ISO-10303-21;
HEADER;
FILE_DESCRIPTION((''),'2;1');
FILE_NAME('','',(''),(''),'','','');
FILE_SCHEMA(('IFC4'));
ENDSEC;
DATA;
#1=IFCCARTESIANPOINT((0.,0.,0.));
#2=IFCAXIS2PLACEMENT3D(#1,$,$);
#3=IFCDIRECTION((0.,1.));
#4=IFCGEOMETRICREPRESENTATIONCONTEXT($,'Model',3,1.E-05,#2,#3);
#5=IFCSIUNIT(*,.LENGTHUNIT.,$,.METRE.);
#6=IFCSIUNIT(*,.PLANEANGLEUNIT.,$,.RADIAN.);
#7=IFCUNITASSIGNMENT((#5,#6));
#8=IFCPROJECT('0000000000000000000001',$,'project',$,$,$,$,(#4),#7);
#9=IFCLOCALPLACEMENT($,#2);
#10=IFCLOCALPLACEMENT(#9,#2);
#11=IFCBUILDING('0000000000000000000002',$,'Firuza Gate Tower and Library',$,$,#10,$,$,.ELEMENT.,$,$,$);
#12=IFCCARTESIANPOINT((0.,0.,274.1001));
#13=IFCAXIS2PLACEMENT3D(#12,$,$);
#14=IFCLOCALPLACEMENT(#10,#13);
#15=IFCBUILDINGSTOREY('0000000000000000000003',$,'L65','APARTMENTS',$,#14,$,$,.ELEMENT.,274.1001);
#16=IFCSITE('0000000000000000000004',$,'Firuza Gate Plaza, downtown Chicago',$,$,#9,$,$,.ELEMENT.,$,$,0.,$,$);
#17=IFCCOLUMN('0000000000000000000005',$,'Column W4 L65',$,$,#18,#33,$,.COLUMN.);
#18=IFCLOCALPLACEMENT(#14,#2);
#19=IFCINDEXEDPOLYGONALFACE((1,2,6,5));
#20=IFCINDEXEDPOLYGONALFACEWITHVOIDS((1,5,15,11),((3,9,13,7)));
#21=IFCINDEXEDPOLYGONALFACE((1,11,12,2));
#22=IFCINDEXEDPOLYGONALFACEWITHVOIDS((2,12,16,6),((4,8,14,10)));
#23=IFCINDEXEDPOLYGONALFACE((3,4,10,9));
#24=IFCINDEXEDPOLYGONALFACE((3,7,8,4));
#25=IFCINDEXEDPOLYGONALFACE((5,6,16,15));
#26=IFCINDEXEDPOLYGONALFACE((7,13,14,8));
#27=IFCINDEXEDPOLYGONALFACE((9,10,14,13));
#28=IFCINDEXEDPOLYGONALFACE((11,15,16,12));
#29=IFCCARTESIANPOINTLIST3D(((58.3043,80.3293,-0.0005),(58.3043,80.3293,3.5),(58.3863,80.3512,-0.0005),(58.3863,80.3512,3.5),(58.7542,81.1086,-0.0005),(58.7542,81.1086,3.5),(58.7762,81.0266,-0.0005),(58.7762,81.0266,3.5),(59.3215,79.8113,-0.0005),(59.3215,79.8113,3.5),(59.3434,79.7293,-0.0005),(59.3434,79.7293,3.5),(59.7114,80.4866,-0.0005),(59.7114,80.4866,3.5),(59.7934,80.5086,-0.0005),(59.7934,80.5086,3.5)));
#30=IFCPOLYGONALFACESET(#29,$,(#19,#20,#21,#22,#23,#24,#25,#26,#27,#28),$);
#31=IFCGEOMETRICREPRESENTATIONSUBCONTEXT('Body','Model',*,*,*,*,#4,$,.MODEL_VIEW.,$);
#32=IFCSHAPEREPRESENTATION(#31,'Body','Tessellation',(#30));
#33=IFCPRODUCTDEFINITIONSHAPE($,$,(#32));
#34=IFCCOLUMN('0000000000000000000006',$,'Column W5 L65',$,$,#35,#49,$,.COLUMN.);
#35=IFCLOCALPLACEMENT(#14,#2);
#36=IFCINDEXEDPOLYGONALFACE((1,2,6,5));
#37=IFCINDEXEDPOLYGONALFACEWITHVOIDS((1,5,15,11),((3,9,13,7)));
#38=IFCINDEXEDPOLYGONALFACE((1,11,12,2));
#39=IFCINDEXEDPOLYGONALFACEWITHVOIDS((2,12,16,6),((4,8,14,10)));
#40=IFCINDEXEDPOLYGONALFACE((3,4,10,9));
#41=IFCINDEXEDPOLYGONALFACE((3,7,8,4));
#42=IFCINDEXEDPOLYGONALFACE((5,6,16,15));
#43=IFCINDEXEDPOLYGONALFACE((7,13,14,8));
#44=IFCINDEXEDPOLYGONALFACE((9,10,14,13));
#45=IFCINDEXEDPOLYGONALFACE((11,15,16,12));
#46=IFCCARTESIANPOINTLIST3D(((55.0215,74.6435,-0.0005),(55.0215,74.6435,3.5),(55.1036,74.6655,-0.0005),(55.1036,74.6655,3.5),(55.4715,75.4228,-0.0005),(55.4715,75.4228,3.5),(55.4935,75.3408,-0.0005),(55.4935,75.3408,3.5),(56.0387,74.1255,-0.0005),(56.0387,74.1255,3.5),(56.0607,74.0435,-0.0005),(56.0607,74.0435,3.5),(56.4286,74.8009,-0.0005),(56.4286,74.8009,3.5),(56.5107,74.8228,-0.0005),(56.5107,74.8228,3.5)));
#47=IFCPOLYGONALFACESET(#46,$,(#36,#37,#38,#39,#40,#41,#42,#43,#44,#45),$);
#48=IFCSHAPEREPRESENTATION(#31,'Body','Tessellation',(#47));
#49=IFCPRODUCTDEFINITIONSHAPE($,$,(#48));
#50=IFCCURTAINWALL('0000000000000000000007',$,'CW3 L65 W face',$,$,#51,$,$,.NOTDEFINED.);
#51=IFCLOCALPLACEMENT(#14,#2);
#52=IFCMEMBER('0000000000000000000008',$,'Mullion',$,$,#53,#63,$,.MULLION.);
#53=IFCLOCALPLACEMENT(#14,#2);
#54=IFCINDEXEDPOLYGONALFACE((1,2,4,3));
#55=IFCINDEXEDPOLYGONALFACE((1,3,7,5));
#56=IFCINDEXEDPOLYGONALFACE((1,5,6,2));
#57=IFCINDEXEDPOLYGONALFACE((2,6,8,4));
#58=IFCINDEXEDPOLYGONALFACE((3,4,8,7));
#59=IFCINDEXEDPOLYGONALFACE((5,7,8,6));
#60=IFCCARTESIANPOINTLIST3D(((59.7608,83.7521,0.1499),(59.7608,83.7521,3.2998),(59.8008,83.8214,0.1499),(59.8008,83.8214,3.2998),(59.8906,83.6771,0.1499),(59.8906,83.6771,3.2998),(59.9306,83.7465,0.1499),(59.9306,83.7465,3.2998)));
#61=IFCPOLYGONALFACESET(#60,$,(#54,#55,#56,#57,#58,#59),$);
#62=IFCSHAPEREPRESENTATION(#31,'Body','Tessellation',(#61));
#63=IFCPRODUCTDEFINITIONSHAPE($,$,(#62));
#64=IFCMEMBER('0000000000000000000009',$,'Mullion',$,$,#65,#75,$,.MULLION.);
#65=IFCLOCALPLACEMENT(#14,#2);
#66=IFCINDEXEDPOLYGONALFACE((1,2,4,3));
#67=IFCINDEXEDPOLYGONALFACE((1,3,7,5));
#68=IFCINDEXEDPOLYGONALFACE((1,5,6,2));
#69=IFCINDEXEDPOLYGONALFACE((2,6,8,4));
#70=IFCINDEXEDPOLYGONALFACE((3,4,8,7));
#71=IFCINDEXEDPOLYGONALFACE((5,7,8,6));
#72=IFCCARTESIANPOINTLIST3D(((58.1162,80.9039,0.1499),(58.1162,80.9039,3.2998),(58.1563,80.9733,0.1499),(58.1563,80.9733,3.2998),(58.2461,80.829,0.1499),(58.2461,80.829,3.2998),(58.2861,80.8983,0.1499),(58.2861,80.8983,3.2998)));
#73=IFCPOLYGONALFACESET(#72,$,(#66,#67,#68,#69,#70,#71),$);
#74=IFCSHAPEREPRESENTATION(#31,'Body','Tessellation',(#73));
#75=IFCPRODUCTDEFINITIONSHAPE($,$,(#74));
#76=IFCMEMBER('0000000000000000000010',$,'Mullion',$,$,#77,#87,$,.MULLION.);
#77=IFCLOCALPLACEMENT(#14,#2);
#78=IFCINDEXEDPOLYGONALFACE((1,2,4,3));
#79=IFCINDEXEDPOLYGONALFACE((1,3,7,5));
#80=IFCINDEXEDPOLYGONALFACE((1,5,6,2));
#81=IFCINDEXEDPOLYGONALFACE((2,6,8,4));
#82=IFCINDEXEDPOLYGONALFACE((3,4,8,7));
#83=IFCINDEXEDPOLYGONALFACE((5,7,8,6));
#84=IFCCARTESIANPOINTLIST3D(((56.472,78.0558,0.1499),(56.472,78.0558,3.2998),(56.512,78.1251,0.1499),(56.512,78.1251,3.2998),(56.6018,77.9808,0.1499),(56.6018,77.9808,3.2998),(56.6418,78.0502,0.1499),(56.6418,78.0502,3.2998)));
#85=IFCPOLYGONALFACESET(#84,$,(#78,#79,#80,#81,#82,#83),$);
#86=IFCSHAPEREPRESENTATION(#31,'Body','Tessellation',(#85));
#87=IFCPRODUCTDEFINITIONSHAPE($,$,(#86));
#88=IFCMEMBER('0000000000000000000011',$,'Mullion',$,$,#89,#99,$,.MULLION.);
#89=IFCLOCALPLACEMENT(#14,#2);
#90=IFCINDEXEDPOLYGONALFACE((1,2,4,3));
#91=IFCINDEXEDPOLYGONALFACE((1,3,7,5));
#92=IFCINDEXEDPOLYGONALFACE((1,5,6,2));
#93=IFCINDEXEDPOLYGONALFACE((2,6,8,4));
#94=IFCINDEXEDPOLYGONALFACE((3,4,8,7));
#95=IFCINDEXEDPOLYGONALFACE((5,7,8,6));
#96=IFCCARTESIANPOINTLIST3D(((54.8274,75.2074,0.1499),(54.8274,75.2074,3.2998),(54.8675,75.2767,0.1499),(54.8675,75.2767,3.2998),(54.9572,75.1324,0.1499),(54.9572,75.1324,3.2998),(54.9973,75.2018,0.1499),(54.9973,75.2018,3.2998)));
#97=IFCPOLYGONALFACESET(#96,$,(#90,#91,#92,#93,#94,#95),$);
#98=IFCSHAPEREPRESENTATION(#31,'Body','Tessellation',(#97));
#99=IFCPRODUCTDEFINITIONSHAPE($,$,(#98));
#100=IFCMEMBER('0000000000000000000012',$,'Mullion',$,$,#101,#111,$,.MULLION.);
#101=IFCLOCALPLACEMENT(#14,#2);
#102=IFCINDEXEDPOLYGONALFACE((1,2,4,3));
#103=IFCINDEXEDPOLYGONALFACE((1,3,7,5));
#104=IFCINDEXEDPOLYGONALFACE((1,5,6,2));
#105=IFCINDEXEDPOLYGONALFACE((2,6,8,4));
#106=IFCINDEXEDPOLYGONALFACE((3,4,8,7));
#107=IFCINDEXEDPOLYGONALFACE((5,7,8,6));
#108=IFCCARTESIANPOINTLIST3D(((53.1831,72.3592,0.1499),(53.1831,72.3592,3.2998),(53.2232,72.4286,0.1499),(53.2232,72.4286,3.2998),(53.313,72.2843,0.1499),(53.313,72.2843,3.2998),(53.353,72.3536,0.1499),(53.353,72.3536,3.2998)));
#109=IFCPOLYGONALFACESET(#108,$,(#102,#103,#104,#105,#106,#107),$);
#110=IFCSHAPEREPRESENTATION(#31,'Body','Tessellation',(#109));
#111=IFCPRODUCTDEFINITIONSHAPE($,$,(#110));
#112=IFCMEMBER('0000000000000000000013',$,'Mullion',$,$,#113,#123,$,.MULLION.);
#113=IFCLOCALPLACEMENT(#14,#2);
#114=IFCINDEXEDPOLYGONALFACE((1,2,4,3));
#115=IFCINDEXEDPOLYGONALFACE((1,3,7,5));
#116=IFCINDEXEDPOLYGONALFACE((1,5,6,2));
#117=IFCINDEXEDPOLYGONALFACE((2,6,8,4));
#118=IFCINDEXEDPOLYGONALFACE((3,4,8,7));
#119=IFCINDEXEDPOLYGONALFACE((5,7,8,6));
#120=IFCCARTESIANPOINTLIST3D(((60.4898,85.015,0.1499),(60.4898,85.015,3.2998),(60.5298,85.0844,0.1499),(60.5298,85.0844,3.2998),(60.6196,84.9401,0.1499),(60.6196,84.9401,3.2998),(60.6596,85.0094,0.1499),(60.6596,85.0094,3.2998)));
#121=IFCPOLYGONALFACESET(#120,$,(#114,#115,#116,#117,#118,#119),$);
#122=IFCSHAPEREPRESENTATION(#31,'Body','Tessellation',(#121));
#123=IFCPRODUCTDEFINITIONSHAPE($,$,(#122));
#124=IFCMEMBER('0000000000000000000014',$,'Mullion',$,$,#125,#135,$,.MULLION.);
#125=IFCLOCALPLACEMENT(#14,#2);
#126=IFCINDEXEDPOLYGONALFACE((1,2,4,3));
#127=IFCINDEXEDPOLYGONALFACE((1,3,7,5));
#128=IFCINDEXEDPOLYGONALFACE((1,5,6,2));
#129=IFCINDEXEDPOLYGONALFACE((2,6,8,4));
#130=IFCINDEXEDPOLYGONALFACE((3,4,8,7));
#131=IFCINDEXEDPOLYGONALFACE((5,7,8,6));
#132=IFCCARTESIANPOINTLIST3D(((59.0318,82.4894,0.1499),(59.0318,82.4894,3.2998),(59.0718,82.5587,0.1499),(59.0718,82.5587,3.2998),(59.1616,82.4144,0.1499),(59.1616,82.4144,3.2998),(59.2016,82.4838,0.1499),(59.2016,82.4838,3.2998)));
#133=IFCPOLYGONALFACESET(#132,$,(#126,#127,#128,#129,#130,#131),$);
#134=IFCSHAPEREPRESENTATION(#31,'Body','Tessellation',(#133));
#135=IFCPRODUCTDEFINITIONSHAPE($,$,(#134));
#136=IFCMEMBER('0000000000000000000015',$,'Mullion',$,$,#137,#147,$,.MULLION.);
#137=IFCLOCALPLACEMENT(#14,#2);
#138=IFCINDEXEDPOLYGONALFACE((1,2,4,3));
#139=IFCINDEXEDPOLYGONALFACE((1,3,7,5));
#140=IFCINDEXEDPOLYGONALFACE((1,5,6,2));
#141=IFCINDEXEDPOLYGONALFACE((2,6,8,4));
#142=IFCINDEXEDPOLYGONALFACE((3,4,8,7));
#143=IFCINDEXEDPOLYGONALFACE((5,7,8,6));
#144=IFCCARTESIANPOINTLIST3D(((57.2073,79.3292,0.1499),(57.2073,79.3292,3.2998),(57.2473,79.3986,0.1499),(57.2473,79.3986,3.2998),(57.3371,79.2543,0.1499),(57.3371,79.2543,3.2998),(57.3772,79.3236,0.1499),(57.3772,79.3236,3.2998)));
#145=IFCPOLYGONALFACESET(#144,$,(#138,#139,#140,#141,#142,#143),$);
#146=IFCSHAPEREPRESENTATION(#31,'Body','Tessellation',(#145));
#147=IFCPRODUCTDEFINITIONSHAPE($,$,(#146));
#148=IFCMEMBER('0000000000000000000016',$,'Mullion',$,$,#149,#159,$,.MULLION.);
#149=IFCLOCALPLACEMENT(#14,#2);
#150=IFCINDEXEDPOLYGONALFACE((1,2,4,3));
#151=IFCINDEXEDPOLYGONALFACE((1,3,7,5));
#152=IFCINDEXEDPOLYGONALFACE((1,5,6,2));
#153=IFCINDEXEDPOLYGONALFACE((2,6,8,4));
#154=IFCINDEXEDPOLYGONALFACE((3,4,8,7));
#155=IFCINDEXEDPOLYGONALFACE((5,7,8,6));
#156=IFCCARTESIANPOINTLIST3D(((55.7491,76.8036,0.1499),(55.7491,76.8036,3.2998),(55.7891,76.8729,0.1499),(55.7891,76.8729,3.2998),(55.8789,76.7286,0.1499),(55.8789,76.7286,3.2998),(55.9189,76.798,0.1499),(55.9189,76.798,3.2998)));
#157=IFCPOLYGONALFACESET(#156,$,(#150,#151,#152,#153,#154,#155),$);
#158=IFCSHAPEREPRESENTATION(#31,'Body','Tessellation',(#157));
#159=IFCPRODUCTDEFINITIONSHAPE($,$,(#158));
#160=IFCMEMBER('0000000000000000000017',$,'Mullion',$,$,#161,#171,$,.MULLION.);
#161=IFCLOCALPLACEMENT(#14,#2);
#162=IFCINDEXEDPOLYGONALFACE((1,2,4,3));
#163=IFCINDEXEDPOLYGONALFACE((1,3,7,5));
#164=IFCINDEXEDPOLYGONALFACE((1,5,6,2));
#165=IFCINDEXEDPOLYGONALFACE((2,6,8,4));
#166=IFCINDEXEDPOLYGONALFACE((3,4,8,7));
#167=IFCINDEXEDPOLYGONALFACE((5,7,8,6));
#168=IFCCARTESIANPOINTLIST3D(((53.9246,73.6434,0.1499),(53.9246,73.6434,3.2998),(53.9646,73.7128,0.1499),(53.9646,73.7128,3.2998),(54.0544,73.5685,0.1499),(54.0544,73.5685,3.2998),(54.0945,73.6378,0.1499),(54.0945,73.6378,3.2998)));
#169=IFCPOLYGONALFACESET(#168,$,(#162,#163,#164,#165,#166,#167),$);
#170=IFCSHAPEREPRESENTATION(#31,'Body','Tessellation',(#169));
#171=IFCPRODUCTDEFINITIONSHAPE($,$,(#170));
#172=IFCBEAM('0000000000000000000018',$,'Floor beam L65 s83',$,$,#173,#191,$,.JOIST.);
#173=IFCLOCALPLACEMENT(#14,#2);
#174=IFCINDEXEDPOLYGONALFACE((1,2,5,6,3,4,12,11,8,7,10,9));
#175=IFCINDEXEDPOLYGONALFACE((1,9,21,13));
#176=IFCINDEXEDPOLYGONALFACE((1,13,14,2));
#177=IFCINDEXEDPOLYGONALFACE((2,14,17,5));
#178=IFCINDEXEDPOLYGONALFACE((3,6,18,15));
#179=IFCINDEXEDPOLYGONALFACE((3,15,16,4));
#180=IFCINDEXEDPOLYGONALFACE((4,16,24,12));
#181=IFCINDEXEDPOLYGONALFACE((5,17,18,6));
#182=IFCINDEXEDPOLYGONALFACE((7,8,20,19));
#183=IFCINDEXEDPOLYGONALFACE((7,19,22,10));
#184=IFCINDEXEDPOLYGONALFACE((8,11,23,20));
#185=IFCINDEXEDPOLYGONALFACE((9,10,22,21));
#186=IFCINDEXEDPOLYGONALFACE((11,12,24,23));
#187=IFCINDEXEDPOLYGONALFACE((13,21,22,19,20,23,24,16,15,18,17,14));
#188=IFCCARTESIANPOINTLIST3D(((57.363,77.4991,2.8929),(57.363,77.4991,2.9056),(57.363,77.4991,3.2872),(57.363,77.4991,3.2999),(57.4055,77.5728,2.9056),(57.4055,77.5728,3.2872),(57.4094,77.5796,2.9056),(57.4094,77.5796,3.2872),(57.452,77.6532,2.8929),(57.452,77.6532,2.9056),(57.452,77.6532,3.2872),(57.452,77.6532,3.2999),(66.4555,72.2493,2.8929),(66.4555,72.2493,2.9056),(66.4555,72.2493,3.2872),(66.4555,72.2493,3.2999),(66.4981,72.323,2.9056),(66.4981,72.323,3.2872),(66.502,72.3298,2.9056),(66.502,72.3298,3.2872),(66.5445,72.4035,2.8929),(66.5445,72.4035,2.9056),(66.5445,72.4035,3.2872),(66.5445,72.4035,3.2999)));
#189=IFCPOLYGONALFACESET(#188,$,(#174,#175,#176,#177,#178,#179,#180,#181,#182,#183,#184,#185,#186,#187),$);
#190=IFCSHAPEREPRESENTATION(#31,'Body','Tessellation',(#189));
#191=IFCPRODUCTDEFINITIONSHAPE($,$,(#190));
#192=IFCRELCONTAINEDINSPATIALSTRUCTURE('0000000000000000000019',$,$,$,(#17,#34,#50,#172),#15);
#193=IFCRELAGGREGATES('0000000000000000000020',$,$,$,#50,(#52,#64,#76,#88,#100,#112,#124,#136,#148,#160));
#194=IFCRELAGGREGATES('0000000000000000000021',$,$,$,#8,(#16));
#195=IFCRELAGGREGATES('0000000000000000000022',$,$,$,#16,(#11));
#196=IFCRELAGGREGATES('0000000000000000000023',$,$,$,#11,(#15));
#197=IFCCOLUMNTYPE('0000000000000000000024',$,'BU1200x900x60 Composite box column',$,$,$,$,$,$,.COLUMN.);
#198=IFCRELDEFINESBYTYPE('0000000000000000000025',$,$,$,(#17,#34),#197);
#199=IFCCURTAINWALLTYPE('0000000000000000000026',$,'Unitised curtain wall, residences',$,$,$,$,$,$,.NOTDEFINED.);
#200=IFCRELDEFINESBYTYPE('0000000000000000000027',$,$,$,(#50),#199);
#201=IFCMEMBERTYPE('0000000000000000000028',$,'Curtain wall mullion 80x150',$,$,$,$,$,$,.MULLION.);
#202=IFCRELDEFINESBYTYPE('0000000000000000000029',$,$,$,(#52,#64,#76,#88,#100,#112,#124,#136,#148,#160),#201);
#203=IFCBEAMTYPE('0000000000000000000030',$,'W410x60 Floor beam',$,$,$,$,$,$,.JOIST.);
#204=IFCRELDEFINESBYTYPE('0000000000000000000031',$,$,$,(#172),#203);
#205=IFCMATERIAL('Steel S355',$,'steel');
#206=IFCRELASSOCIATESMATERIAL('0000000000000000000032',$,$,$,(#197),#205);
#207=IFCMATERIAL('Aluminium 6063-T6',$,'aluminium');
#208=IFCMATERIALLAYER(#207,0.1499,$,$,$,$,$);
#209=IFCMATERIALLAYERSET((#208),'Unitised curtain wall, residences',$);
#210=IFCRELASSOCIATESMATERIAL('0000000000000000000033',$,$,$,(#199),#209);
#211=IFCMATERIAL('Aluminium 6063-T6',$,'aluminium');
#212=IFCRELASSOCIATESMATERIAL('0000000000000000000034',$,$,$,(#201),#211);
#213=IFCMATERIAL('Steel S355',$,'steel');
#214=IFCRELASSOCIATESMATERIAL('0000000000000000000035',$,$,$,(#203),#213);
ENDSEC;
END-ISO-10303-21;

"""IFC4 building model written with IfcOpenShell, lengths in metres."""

from ifc_helpers import new_model, si_unit, direction, frame, origin, origin_2d, place, context, subcontext, project, spatial, rectangle, hollow_rectangle, i_section, extrude, material, layer, layer_set, material_profile, profile_set, type_object, element, aggregate, save


model = new_model("IFC4")

# Units and contexts
model_context = context("Model", 3, precision=1e-05, world=origin(), true_north=direction((0.0, 1.0)))
body_context = subcontext(model_context, "Body", "Model", "MODEL_VIEW")
ifc_project = project(units=[si_unit("LENGTHUNIT", "METRE"), si_unit("PLANEANGLEUNIT", "RADIAN")], contexts=[model_context])

# Site, building, storey
site_placement = place(None, origin())
site = spatial("IfcSite", under=ifc_project, at=site_placement, Name="Firuza Gate Plaza, downtown Chicago", CompositionType="ELEMENT", RefElevation=0.0)
building_placement = place(site_placement, origin())
building = spatial("IfcBuilding", under=site, at=building_placement, Name="Firuza Gate Tower and Library", CompositionType="ELEMENT")
storey_placement = place(building_placement, frame((0.0, 0.0, 274.1001)))
storey = spatial("IfcBuildingStorey", under=building, at=storey_placement, Name="L65", Description="APARTMENTS", CompositionType="ELEMENT", Elevation=274.1001)

# Columns
ifc_material_1 = material(Name="Steel S355", Category="steel")
ifc_material_profile_1 = material_profile(ifc_material_1, hollow_rectangle(XDim=0.8999, YDim=1.2, WallThickness=0.0601, at=origin_2d()))
ifc_profile_set_1 = profile_set([ifc_material_profile_1], Name="Steel S355")
column_type = type_object("IfcColumnType", Name="BU1200x900x60 Composite box column", PredefinedType="COLUMN", material=ifc_profile_set_1)
for number, where, z_axis, x_axis, name in (
    (1, (59.0488, 80.4189, -0.0005), (0.0, 0.0, 1.0), (-0.5, -0.866025, 0.0), "Column W4 L65"),
    (2, (55.7661, 74.7332, -0.0005), (0.0, 0.0, 1.0), (-0.5, -0.866025, 0.0), "Column W5 L65"),
):
    element("IfcColumn", number, at=place(storey_placement, frame(where, z_axis=z_axis, x_axis=x_axis)), inside=storey, type_object=column_type, Name=name, PredefinedType="COLUMN", context=body_context, shape_type="SweptSolid", body=[
        extrude(hollow_rectangle(XDim=0.8999, YDim=1.2, WallThickness=0.0601, at=origin_2d()), origin(), (0.0, 0.0, 1.0), 3.5005),
    ])

# Curtain wall, members
ifc_material_2 = material(Name="Aluminium 6063-T6", Category="aluminium")
ifc_layer_1 = layer(ifc_material_2, 0.1499)
ifc_layer_set_1 = layer_set([ifc_layer_1], Name="Unitised curtain wall, residences")
curtain_wall_type = type_object("IfcCurtainWallType", Name="Unitised curtain wall, residences", PredefinedType="NOTDEFINED", material=ifc_layer_set_1)
curtain_wall_placement = place(storey_placement, origin())
curtain_wall = element("IfcCurtainWall", 3, at=curtain_wall_placement, inside=storey, type_object=curtain_wall_type, Name="CW3 L65 W face", PredefinedType="NOTDEFINED")
ifc_material_3 = material(Name="Aluminium 6063-T6", Category="aluminium")
ifc_material_profile_2 = material_profile(ifc_material_3, rectangle(XDim=0.1499, YDim=0.0801, at=origin_2d()))
ifc_profile_set_2 = profile_set([ifc_material_profile_2], Name="Aluminium 6063-T6")
member_type = type_object("IfcMemberType", Name="Curtain wall mullion 80x150", PredefinedType="MULLION", material=ifc_profile_set_2)
member_1_placement = place(storey_placement, frame((59.8457, 83.7493, 0.1499), z_axis=(0.0, 0.0, 1.0), x_axis=(0.866025, -0.5, 0.0)))
member_1 = element("IfcMember", 4, at=member_1_placement, type_object=member_type, Name="Mullion", PredefinedType="MULLION", context=body_context, shape_type="SweptSolid", body=[
    extrude(rectangle(XDim=0.1499, YDim=0.0801, at=origin_2d()), origin(), (0.0, 0.0, 1.0), 3.1499),
])
member_2_placement = place(storey_placement, frame((58.2012, 80.9011, 0.1499), z_axis=(0.0, 0.0, 1.0), x_axis=(0.866025, -0.5, 0.0)))
member_2 = element("IfcMember", 5, at=member_2_placement, type_object=member_type, Name="Mullion", PredefinedType="MULLION", context=body_context, shape_type="SweptSolid", body=[
    extrude(rectangle(XDim=0.1499, YDim=0.0801, at=origin_2d()), origin(), (0.0, 0.0, 1.0), 3.1499),
])
member_3_placement = place(storey_placement, frame((56.5569, 78.053, 0.1499), z_axis=(0.0, 0.0, 1.0), x_axis=(0.866025, -0.5, 0.0)))
member_3 = element("IfcMember", 6, at=member_3_placement, type_object=member_type, Name="Mullion", PredefinedType="MULLION", context=body_context, shape_type="SweptSolid", body=[
    extrude(rectangle(XDim=0.1499, YDim=0.0801, at=origin_2d()), origin(), (0.0, 0.0, 1.0), 3.1499),
])
member_4_placement = place(storey_placement, frame((54.9124, 75.2046, 0.1499), z_axis=(0.0, 0.0, 1.0), x_axis=(0.866025, -0.5, 0.0)))
member_4 = element("IfcMember", 7, at=member_4_placement, type_object=member_type, Name="Mullion", PredefinedType="MULLION", context=body_context, shape_type="SweptSolid", body=[
    extrude(rectangle(XDim=0.1499, YDim=0.0801, at=origin_2d()), origin(), (0.0, 0.0, 1.0), 3.1499),
])
member_5_placement = place(storey_placement, frame((53.2681, 72.3564, 0.1499), z_axis=(0.0, 0.0, 1.0), x_axis=(0.866025, -0.5, 0.0)))
member_5 = element("IfcMember", 8, at=member_5_placement, type_object=member_type, Name="Mullion", PredefinedType="MULLION", context=body_context, shape_type="SweptSolid", body=[
    extrude(rectangle(XDim=0.1499, YDim=0.0801, at=origin_2d()), origin(), (0.0, 0.0, 1.0), 3.1499),
])
member_6_placement = place(storey_placement, frame((60.5747, 85.0122, 0.1499), z_axis=(0.0, 0.0, 1.0), x_axis=(0.866025, -0.5, 0.0)))
member_6 = element("IfcMember", 9, at=member_6_placement, type_object=member_type, Name="Mullion", PredefinedType="MULLION", context=body_context, shape_type="SweptSolid", body=[
    extrude(rectangle(XDim=0.1499, YDim=0.0801, at=origin_2d()), origin(), (0.0, 0.0, 1.0), 3.1499),
])
member_7_placement = place(storey_placement, frame((59.1167, 82.4866, 0.1499), z_axis=(0.0, 0.0, 1.0), x_axis=(0.866025, -0.5, 0.0)))
member_7 = element("IfcMember", 10, at=member_7_placement, type_object=member_type, Name="Mullion", PredefinedType="MULLION", context=body_context, shape_type="SweptSolid", body=[
    extrude(rectangle(XDim=0.1499, YDim=0.0801, at=origin_2d()), origin(), (0.0, 0.0, 1.0), 3.1499),
])
member_8_placement = place(storey_placement, frame((57.2922, 79.3264, 0.1499), z_axis=(0.0, 0.0, 1.0), x_axis=(0.866025, -0.5, 0.0)))
member_8 = element("IfcMember", 11, at=member_8_placement, type_object=member_type, Name="Mullion", PredefinedType="MULLION", context=body_context, shape_type="SweptSolid", body=[
    extrude(rectangle(XDim=0.1499, YDim=0.0801, at=origin_2d()), origin(), (0.0, 0.0, 1.0), 3.1499),
])
member_9_placement = place(storey_placement, frame((55.834, 76.8008, 0.1499), z_axis=(0.0, 0.0, 1.0), x_axis=(0.866025, -0.5, 0.0)))
member_9 = element("IfcMember", 12, at=member_9_placement, type_object=member_type, Name="Mullion", PredefinedType="MULLION", context=body_context, shape_type="SweptSolid", body=[
    extrude(rectangle(XDim=0.1499, YDim=0.0801, at=origin_2d()), origin(), (0.0, 0.0, 1.0), 3.1499),
])
member_10_placement = place(storey_placement, frame((54.0095, 73.6406, 0.1499), z_axis=(0.0, 0.0, 1.0), x_axis=(0.866025, -0.5, 0.0)))
member_10 = element("IfcMember", 13, at=member_10_placement, type_object=member_type, Name="Mullion", PredefinedType="MULLION", context=body_context, shape_type="SweptSolid", body=[
    extrude(rectangle(XDim=0.1499, YDim=0.0801, at=origin_2d()), origin(), (0.0, 0.0, 1.0), 3.1499),
])

# Beam
ifc_material_4 = material(Name="Steel S355", Category="steel")
ifc_material_profile_3 = material_profile(ifc_material_4, i_section(OverallWidth=0.178, OverallDepth=0.407, WebThickness=0.0078, FlangeThickness=0.0127, at=origin_2d()))
ifc_profile_set_3 = profile_set([ifc_material_profile_3], Name="Steel S355")
beam_type_1 = type_object("IfcBeamType", Name="W410x60 Floor beam", PredefinedType="JOIST", material=ifc_profile_set_3)
beam_1_placement = place(storey_placement, frame((57.4075, 77.5762, 3.0964), z_axis=(0.866018, -0.500013, 0.0), x_axis=(0.500013, 0.866018, 0.0)))
element("IfcBeam", 14, at=beam_1_placement, inside=storey, type_object=beam_type_1, Name="Floor beam L65 s83", PredefinedType="JOIST", context=body_context, shape_type="SweptSolid", body=[
    extrude(i_section(OverallWidth=0.178, OverallDepth=0.407, WebThickness=0.0078, FlangeThickness=0.0127, at=origin_2d()), origin(), (0.0, 0.0, 1.0), 10.4993),
])

aggregate(curtain_wall, [member_1, member_2, member_3, member_4, member_5, member_6, member_7, member_8, member_9, member_10])

save(model, "model.ifc")
